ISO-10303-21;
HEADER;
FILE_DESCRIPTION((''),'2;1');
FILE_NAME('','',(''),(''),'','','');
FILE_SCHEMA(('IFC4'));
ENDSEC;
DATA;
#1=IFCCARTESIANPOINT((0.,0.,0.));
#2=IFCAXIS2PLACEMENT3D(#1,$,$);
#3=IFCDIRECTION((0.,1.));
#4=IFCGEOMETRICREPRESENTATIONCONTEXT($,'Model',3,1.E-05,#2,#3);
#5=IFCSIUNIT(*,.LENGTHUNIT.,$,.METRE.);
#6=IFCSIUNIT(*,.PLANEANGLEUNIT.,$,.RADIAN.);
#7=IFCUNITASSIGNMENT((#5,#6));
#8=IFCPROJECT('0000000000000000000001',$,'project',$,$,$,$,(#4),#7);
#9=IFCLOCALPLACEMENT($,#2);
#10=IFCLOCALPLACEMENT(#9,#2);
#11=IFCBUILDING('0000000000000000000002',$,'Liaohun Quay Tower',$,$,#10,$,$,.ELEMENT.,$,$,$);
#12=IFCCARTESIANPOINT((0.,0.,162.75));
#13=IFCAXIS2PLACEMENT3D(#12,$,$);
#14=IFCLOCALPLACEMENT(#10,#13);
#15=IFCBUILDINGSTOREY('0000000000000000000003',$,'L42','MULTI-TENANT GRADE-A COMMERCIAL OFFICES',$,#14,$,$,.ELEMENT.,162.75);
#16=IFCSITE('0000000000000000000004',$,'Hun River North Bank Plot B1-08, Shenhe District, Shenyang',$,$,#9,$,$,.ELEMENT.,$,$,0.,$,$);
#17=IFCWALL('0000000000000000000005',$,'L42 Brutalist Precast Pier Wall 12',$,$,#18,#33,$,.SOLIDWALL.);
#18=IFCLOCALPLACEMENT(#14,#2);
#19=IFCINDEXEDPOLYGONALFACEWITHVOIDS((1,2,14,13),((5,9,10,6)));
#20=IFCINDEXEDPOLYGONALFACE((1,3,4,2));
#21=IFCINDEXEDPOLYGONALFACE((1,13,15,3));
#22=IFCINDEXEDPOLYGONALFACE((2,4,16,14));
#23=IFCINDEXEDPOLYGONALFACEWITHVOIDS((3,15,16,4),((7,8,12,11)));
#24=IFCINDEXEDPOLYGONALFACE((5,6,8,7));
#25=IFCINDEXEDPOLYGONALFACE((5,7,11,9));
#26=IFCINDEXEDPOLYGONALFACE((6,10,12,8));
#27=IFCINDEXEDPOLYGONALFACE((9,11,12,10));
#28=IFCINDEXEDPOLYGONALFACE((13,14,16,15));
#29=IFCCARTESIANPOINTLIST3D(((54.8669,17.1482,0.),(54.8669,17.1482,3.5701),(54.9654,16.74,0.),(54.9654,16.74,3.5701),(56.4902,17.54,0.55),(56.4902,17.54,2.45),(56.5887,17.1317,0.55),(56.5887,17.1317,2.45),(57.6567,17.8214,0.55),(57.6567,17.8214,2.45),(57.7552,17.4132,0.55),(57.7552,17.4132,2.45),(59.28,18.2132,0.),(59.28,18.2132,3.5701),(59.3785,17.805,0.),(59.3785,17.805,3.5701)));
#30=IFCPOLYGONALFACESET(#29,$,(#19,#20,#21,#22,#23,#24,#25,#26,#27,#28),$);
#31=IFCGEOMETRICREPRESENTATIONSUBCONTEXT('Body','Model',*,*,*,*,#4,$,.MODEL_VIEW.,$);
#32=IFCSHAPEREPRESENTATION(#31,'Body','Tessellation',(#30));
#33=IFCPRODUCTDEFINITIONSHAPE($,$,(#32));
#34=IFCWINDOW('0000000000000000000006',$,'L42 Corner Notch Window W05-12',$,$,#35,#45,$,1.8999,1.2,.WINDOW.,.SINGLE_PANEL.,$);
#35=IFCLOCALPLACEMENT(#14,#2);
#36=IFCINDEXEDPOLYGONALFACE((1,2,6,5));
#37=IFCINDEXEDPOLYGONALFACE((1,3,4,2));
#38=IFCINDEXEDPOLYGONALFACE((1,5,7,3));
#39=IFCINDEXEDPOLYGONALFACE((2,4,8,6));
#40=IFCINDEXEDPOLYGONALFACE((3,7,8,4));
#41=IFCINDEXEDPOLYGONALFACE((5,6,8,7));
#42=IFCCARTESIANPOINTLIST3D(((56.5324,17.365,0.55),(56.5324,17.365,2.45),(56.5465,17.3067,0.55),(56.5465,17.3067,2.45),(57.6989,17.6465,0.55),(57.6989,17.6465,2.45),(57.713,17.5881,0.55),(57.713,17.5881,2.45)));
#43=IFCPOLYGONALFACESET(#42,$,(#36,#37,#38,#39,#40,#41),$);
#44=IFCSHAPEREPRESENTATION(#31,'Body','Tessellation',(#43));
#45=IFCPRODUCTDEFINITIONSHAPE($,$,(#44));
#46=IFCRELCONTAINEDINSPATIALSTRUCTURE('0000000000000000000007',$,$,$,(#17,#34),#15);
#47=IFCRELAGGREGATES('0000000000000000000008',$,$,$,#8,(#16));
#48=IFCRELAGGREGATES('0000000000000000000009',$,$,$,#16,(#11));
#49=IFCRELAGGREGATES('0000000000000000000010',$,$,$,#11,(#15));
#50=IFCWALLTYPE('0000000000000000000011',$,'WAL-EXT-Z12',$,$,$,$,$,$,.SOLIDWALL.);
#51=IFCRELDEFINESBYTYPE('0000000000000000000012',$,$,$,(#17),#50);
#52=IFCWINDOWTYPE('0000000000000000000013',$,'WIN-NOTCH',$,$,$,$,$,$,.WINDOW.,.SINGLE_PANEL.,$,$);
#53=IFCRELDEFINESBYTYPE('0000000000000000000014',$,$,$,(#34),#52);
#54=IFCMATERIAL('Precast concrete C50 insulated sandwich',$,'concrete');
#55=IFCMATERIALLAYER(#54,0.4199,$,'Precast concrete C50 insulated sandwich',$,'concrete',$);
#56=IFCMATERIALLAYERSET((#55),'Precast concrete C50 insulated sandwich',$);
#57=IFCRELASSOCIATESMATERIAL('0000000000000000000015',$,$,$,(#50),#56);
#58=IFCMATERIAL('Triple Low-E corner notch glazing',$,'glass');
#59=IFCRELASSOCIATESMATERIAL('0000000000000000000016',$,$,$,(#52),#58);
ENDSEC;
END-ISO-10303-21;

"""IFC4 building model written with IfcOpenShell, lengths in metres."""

from ifc_helpers import new_model, si_unit, direction, frame, frame_2d, origin, place, context, subcontext, project, spatial, rectangle, extrude, source, transform, mapped, material, layer, layer_set, type_object, element, fill, save


model = new_model("IFC4")

# Units and contexts
model_context = context("Model", 3, precision=1e-05, world=origin(), true_north=direction((0.0, 1.0)))
body_context = subcontext(model_context, "Body", "Model", "MODEL_VIEW")
ifc_project = project(units=[si_unit("LENGTHUNIT", "METRE"), si_unit("PLANEANGLEUNIT", "RADIAN")], contexts=[model_context])

# Site, building, storey
site_placement = place(None, origin())
site = spatial("IfcSite", under=ifc_project, at=site_placement, Name="Hun River North Bank Plot B1-08, Shenhe District, Shenyang", CompositionType="ELEMENT", RefElevation=0.0)
building_placement = place(site_placement, origin())
building = spatial("IfcBuilding", under=site, at=building_placement, Name="Liaohun Quay Tower", CompositionType="ELEMENT")
storey_placement = place(building_placement, frame((0.0, 0.0, 162.75)))
storey = spatial("IfcBuildingStorey", under=building, at=storey_placement, Name="L42", Description="MULTI-TENANT GRADE-A COMMERCIAL OFFICES", CompositionType="ELEMENT", Elevation=162.75)

# Wall, opening, window
ifc_material_1 = material(Name="Precast concrete C50 insulated sandwich", Category="concrete")
ifc_layer_1 = layer(ifc_material_1, 0.4199, Name="Precast concrete C50 insulated sandwich", Category="concrete")
ifc_layer_set_1 = layer_set([ifc_layer_1], Name="Precast concrete C50 insulated sandwich")
wall_type_1 = type_object("IfcWallType", Name="WAL-EXT-Z12", PredefinedType="SOLIDWALL", material=ifc_layer_set_1)
wall_1_placement = place(storey_placement, frame((54.916, 16.9441, 0.0), z_axis=(0.0, 0.0, 1.0), x_axis=(0.972097, 0.234581, 0.0)))
wall_1 = element("IfcWall", 1, at=wall_1_placement, inside=storey, type_object=wall_type_1, Name="L42 Brutalist Precast Pier Wall 12", PredefinedType="SOLIDWALL", context=body_context, shape_type="SweptSolid", body=[
    extrude(rectangle(XDim=4.5398, YDim=0.4199, at=frame_2d((2.27, 0.0))), origin(), (0.0, 0.0, 1.0), 3.5701),
])
shared_shape_1 = source(origin(), body_context, "Body", "SweptSolid", [
    extrude(rectangle(XDim=1.2, YDim=1.8999, at=frame_2d((0.6001, 0.95))), frame((0.0, 0.22, 0.0), z_axis=(0.0, -1.0, 0.0), x_axis=(1.0, 0.0, 0.0)), (0.0, 0.0, 1.0), 0.4399),
])
opening_1_placement = place(wall_1_placement, frame((1.6699, 0.0, 0.55)))
opening_1 = element("IfcOpeningElement", 2, at=opening_1_placement, cuts=wall_1, PredefinedType="OPENING", context=body_context, shape_type="MappedRepresentation", body=[
    mapped(shared_shape_1, transform((0.0, 0.0, 0.0), x_axis=(1.0, 0.0, 0.0), y_axis=(0.0, 1.0, 0.0), z_axis=(0.0, 0.0, 1.0), scale=1.0)),
])
ifc_material_2 = material(Name="Triple Low-E corner notch glazing", Category="glass")
window_type_1 = type_object("IfcWindowType", Name="WIN-NOTCH", PartitioningType="SINGLE_PANEL", PredefinedType="WINDOW", material=ifc_material_2)
shared_shape_2 = source(origin(), body_context, "Body", "SweptSolid", [
    extrude(rectangle(XDim=1.2, YDim=1.8999, at=frame_2d((0.6001, 0.95))), frame((0.0, 0.03, 0.0), z_axis=(0.0, -1.0, 0.0), x_axis=(1.0, 0.0, 0.0)), (0.0, 0.0, 1.0), 0.0601),
])
window_1_placement = place(opening_1_placement, origin())
window_1 = element("IfcWindow", 3, at=window_1_placement, inside=storey, type_object=window_type_1, Name="L42 Corner Notch Window W05-12", OverallHeight=1.8999, OverallWidth=1.2, PartitioningType="SINGLE_PANEL", PredefinedType="WINDOW", context=body_context, shape_type="MappedRepresentation", body=[
    mapped(shared_shape_2, transform((0.0, 0.0, 0.0), x_axis=(1.0, 0.0, 0.0), y_axis=(0.0, 1.0, 0.0), z_axis=(0.0, 0.0, 1.0), scale=1.0)),
])
fill(opening_1, window_1)

save(model, "model.ifc")
